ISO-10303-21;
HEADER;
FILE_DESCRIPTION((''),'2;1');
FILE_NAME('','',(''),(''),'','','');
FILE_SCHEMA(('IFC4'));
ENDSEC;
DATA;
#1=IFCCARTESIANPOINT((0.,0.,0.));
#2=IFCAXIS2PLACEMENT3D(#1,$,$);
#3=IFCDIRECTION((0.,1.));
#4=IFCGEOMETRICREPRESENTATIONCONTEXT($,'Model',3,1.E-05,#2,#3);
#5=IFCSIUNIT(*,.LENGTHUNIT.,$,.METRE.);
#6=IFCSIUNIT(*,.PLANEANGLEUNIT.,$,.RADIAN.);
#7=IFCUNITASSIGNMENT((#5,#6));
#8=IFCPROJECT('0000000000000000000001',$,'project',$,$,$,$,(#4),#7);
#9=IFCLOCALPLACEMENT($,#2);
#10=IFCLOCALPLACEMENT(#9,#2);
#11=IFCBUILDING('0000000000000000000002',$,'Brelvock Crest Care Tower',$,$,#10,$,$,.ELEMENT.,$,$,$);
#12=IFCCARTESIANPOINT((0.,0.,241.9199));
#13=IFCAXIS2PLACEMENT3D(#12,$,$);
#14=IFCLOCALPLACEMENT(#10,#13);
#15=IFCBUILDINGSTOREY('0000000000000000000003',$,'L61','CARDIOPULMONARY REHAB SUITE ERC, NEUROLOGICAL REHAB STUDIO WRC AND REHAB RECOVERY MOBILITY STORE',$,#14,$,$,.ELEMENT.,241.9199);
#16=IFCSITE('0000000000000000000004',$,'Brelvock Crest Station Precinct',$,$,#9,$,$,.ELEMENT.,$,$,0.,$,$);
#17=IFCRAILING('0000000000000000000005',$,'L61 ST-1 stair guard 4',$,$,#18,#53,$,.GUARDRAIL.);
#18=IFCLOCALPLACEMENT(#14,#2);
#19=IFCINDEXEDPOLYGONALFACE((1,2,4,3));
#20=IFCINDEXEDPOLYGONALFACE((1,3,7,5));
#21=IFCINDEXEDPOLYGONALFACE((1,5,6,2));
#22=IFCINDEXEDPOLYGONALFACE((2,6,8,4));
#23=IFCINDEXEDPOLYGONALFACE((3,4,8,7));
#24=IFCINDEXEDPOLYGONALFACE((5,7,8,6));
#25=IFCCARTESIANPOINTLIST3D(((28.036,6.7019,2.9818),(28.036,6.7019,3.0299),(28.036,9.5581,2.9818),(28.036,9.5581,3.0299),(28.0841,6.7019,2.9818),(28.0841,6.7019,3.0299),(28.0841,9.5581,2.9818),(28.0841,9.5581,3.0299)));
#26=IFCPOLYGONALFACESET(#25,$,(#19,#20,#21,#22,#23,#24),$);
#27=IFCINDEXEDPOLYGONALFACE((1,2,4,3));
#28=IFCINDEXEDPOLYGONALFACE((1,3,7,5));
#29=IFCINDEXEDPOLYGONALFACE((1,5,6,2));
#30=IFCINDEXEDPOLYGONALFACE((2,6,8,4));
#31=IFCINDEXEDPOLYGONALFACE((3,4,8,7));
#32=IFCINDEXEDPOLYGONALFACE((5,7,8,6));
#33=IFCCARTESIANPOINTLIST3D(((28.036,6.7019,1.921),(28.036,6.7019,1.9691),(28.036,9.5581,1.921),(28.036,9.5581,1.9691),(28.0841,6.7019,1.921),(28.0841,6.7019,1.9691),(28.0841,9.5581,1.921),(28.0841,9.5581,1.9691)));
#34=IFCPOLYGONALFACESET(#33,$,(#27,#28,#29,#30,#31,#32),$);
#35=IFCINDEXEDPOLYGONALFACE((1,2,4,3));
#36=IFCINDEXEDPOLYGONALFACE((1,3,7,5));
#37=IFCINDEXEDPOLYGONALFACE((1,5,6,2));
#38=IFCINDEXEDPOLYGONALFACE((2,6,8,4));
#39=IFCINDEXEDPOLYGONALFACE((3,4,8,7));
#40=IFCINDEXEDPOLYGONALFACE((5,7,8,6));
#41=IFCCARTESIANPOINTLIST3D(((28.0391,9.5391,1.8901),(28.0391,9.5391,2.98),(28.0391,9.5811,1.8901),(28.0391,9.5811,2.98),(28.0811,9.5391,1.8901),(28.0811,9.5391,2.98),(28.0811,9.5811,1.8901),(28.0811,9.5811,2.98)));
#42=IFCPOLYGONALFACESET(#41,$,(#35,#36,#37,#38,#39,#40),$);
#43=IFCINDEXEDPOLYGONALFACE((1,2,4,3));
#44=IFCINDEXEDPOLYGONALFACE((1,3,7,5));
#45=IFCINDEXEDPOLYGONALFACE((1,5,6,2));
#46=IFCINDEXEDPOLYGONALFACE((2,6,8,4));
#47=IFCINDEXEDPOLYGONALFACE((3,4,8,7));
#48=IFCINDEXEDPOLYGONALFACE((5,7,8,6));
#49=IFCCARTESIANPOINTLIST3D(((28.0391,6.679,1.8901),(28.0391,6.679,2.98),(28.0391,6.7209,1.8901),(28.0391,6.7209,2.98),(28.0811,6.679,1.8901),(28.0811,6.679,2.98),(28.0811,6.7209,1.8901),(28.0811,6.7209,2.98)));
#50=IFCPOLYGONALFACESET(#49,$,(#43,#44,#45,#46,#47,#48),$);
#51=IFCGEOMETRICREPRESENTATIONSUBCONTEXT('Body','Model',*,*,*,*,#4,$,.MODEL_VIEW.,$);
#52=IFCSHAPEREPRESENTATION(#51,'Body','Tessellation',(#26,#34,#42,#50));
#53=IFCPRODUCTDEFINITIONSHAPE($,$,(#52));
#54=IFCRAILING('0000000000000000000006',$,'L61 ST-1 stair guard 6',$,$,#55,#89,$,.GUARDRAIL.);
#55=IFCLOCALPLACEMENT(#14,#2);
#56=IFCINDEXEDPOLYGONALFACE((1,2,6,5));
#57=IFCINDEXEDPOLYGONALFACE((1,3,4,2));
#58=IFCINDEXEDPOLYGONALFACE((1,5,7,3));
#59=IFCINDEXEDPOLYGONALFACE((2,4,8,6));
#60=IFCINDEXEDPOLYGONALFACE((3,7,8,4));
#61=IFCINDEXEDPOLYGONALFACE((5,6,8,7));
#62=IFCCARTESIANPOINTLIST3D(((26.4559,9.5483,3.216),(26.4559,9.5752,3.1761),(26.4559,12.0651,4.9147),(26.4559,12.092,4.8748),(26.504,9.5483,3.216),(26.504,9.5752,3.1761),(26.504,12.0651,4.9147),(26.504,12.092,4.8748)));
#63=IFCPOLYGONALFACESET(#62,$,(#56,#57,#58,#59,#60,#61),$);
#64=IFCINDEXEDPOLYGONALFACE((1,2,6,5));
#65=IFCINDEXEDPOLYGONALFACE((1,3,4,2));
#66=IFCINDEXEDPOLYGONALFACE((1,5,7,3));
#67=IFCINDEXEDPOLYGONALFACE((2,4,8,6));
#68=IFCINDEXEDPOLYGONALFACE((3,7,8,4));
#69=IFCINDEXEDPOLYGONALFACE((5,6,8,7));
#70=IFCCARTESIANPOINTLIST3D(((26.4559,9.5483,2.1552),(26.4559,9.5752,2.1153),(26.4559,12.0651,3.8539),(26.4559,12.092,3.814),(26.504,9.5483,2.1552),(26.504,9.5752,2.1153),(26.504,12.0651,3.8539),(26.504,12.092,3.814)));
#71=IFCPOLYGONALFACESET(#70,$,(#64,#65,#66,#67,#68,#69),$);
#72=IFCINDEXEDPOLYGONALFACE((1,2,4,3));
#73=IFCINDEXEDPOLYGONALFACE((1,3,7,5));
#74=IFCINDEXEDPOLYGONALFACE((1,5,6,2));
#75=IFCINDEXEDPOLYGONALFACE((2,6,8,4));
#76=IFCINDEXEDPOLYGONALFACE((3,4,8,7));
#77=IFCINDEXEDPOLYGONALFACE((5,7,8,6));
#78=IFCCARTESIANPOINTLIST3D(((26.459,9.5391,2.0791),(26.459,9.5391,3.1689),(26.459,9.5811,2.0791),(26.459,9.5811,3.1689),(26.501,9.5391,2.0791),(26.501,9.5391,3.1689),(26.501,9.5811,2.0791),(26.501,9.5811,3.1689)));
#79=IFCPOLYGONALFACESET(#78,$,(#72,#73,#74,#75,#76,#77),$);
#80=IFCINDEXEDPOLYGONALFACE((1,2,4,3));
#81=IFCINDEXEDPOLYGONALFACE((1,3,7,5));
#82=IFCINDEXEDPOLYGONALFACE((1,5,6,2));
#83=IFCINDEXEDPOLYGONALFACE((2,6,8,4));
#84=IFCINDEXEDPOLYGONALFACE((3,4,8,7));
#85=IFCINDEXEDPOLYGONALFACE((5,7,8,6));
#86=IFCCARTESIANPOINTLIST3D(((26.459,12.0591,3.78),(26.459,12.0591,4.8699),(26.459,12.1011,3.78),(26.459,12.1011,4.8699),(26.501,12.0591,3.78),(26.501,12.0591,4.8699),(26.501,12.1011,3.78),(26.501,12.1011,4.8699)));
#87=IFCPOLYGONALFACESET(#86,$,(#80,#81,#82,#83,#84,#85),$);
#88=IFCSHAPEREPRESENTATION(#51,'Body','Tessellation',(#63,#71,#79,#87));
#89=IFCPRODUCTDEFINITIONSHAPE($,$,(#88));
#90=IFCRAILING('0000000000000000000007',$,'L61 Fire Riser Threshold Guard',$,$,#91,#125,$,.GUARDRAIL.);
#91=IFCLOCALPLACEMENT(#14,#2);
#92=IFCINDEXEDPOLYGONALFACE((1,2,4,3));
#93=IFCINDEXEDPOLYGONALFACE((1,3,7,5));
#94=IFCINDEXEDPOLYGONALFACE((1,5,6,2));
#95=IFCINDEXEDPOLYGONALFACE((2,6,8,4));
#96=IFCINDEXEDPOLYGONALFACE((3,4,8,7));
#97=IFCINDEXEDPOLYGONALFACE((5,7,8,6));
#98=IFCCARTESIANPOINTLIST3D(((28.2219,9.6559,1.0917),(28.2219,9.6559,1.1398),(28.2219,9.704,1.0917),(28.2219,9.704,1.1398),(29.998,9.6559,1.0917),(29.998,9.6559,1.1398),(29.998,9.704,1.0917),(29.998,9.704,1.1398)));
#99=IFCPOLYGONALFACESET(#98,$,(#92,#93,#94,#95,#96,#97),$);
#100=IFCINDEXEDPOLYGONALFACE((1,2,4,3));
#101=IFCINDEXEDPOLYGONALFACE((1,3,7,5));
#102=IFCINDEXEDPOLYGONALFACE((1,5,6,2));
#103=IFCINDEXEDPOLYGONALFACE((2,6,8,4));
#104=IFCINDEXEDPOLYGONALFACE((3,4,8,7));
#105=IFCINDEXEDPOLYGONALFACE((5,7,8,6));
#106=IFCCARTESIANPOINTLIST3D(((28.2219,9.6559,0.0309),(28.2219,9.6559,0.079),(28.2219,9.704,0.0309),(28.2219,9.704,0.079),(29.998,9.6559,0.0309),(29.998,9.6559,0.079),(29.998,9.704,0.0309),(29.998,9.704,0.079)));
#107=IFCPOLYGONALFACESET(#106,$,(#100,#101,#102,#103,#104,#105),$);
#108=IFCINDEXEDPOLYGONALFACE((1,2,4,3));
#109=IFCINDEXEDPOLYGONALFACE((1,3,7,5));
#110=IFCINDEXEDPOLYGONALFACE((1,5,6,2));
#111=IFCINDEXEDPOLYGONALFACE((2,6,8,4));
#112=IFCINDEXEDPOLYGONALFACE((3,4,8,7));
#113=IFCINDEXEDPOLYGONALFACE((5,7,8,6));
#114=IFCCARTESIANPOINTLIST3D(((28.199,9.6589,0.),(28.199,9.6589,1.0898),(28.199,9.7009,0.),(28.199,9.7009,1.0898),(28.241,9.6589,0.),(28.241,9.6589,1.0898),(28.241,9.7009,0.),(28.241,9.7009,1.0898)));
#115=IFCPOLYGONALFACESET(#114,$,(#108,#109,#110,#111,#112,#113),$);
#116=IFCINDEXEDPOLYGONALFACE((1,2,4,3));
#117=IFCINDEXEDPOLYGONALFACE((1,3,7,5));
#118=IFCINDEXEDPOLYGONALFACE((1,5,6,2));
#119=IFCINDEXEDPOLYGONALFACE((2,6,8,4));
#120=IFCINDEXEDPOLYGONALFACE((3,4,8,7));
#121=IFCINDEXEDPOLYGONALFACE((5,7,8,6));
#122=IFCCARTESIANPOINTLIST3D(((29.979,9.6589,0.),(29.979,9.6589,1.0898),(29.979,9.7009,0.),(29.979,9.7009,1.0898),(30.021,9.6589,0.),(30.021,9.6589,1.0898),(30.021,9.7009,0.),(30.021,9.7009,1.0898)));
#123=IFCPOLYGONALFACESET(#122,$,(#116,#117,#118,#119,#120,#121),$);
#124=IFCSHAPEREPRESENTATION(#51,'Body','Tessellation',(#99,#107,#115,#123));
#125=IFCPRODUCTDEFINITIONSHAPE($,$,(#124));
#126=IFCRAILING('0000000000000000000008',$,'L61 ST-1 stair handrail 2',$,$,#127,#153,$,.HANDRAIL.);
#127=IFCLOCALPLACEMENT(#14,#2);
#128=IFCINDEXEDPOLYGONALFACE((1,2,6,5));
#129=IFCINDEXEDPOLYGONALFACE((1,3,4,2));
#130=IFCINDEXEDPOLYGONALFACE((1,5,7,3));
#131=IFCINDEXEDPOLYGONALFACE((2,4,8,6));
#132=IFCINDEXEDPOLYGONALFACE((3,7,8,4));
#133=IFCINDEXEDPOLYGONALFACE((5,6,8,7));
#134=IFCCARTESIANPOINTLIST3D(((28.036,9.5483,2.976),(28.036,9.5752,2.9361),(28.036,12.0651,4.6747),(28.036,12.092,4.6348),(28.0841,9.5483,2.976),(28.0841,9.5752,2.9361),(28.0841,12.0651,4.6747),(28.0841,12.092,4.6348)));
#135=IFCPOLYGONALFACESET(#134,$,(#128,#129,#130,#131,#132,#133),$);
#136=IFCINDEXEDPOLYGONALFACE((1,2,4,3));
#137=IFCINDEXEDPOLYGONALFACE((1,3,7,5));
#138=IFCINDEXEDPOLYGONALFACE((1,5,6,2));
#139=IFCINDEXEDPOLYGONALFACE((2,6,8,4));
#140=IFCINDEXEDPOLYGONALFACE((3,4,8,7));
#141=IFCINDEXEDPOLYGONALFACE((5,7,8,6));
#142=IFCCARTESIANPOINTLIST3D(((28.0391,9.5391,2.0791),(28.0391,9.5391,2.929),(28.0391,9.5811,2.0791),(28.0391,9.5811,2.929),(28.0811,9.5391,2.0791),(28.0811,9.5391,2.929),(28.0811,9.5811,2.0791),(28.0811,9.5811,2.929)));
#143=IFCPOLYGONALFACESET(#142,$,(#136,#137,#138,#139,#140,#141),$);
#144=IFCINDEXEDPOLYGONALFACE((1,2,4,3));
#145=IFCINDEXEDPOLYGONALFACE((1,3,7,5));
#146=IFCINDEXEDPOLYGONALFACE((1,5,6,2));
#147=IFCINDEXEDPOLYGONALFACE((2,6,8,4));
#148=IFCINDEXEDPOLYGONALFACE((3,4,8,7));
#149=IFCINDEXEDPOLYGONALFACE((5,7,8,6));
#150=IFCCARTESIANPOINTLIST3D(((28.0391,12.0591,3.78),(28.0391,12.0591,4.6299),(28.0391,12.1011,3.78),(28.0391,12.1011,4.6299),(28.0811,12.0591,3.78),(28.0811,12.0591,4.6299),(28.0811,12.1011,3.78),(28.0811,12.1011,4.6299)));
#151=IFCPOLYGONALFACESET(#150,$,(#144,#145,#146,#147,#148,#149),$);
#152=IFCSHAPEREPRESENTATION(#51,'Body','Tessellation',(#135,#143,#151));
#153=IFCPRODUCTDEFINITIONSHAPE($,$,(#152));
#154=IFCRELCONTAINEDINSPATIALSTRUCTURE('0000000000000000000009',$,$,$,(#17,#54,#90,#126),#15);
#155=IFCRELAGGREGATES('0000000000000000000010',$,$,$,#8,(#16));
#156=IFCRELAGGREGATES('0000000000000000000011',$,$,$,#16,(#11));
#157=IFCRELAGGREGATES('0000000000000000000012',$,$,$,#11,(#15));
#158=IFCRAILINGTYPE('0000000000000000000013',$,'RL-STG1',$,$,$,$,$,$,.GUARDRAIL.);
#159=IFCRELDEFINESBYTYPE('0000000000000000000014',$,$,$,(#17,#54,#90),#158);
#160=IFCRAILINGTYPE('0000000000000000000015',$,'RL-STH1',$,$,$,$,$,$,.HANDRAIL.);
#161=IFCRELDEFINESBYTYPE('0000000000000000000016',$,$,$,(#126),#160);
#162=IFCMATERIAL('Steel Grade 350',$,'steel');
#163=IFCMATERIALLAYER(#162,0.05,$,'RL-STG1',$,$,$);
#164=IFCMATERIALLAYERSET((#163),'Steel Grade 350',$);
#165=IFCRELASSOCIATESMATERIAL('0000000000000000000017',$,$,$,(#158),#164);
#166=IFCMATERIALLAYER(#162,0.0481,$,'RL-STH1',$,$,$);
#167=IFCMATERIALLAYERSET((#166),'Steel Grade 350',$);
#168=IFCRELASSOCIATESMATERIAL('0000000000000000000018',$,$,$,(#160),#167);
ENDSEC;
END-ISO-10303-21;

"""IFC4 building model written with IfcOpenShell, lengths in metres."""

from ifc_helpers import new_model, si_unit, direction, frame, origin, origin_2d, place, context, subcontext, project, spatial, rectangle, extrude, material, layer, layer_set, type_object, element, save


model = new_model("IFC4")

# Units and contexts
model_context = context("Model", 3, precision=1e-05, world=origin(), true_north=direction((0.0, 1.0)))
body_context = subcontext(model_context, "Body", "Model", "MODEL_VIEW")
ifc_project = project(units=[si_unit("LENGTHUNIT", "METRE"), si_unit("PLANEANGLEUNIT", "RADIAN")], contexts=[model_context])

# Site, building, storey
site_placement = place(None, origin())
site = spatial("IfcSite", under=ifc_project, at=site_placement, Name="Brelvock Crest Station Precinct", CompositionType="ELEMENT", RefElevation=0.0)
building_placement = place(site_placement, origin())
building = spatial("IfcBuilding", under=site, at=building_placement, Name="Brelvock Crest Care Tower", CompositionType="ELEMENT")
storey_placement = place(building_placement, frame((0.0, 0.0, 241.9199)))
storey = spatial("IfcBuildingStorey", under=building, at=storey_placement, Name="L61", Description="CARDIOPULMONARY REHAB SUITE ERC, NEUROLOGICAL REHAB STUDIO WRC AND REHAB RECOVERY MOBILITY STORE", CompositionType="ELEMENT", Elevation=241.9199)

# Shared definitions
ifc_material_1 = material(Name="Steel Grade 350", Category="steel")

# Railings
ifc_layer_1 = layer(ifc_material_1, 0.05, Name="RL-STG1")
ifc_layer_set_1 = layer_set([ifc_layer_1], Name="Steel Grade 350")
railing_type_1 = type_object("IfcRailingType", Name="RL-STG1", PredefinedType="GUARDRAIL", material=ifc_layer_set_1)
railing_1_placement = place(storey_placement, frame((28.0601, 9.5601, 1.8901)))
element("IfcRailing", 1, at=railing_1_placement, inside=storey, type_object=railing_type_1, Name="L61 ST-1 stair guard 4", PredefinedType="GUARDRAIL", context=body_context, shape_type="SweptSolid", body=[
    extrude(rectangle(XDim=0.0481, YDim=0.0481, at=origin_2d()), frame((0.0, -0.002, 1.1157), z_axis=(0.0, -1.0, 0.0), x_axis=(1.0, 0.0, 0.0)), (0.0, 0.0, 1.0), 2.8562),
    extrude(rectangle(XDim=0.0481, YDim=0.0481, at=origin_2d()), frame((0.0, -0.002, 0.0549), z_axis=(0.0, -1.0, 0.0), x_axis=(1.0, 0.0, 0.0)), (0.0, 0.0, 1.0), 2.8562),
    extrude(rectangle(XDim=0.042, YDim=0.042, at=origin_2d()), origin(), (0.0, 0.0, 1.0), 1.0898),
    extrude(rectangle(XDim=0.042, YDim=0.042, at=origin_2d()), frame((0.0, -2.8601, 0.0)), (0.0, 0.0, 1.0), 1.0898),
])
railing_2_placement = place(storey_placement, frame((26.48, 9.5601, 2.0791)))
element("IfcRailing", 2, at=railing_2_placement, inside=storey, type_object=railing_type_1, Name="L61 ST-1 stair guard 6", PredefinedType="GUARDRAIL", context=body_context, shape_type="SweptSolid", body=[
    extrude(rectangle(XDim=0.0481, YDim=0.0481, at=origin_2d()), frame((0.0, 0.0017, 1.1169), z_axis=(0.0, 0.828862, 0.559454), x_axis=(-1.0, 0.0, 0.0)), (0.0, 0.0, 1.0), 3.0364),
    extrude(rectangle(XDim=0.0481, YDim=0.0481, at=origin_2d()), frame((0.0, 0.0017, 0.0562), z_axis=(0.0, 0.828862, 0.559454), x_axis=(-1.0, 0.0, 0.0)), (0.0, 0.0, 1.0), 3.0364),
    extrude(rectangle(XDim=0.042, YDim=0.042, at=origin_2d()), origin(), (0.0, 0.0, 1.0), 1.0898),
    extrude(rectangle(XDim=0.042, YDim=0.042, at=origin_2d()), frame((0.0, 2.52, 1.7009)), (0.0, 0.0, 1.0), 1.0898),
])
railing_3_placement = place(storey_placement, frame((28.22, 9.6799, 0.0)))
element("IfcRailing", 3, at=railing_3_placement, inside=storey, type_object=railing_type_1, Name="L61 Fire Riser Threshold Guard", PredefinedType="GUARDRAIL", context=body_context, shape_type="SweptSolid", body=[
    extrude(rectangle(XDim=0.0481, YDim=0.0481, at=origin_2d()), frame((0.002, 0.0, 1.1157), z_axis=(1.0, 0.0, 0.0), x_axis=(0.0, 1.0, 0.0)), (0.0, 0.0, 1.0), 1.7761),
    extrude(rectangle(XDim=0.0481, YDim=0.0481, at=origin_2d()), frame((0.002, 0.0, 0.0549), z_axis=(1.0, 0.0, 0.0), x_axis=(0.0, 1.0, 0.0)), (0.0, 0.0, 1.0), 1.7761),
    extrude(rectangle(XDim=0.042, YDim=0.042, at=origin_2d()), origin(), (0.0, 0.0, 1.0), 1.0898),
    extrude(rectangle(XDim=0.042, YDim=0.042, at=origin_2d()), frame((1.78, 0.0, 0.0)), (0.0, 0.0, 1.0), 1.0898),
])
ifc_layer_2 = layer(ifc_material_1, 0.0481, Name="RL-STH1")
ifc_layer_set_2 = layer_set([ifc_layer_2], Name="Steel Grade 350")
railing_type_2 = type_object("IfcRailingType", Name="RL-STH1", PredefinedType="HANDRAIL", material=ifc_layer_set_2)
railing_4_placement = place(storey_placement, frame((28.0601, 9.5601, 2.0791)))
element("IfcRailing", 4, at=railing_4_placement, inside=storey, type_object=railing_type_2, Name="L61 ST-1 stair handrail 2", PredefinedType="HANDRAIL", context=body_context, shape_type="SweptSolid", body=[
    extrude(rectangle(XDim=0.0481, YDim=0.0481, at=origin_2d()), frame((0.0, 0.0017, 0.877), z_axis=(0.0, 0.828862, 0.559454), x_axis=(-1.0, 0.0, 0.0)), (0.0, 0.0, 1.0), 3.0364),
    extrude(rectangle(XDim=0.042, YDim=0.042, at=origin_2d()), origin(), (0.0, 0.0, 1.0), 0.8499),
    extrude(rectangle(XDim=0.042, YDim=0.042, at=origin_2d()), frame((0.0, 2.52, 1.7009)), (0.0, 0.0, 1.0), 0.8499),
])

save(model, "model.ifc")
